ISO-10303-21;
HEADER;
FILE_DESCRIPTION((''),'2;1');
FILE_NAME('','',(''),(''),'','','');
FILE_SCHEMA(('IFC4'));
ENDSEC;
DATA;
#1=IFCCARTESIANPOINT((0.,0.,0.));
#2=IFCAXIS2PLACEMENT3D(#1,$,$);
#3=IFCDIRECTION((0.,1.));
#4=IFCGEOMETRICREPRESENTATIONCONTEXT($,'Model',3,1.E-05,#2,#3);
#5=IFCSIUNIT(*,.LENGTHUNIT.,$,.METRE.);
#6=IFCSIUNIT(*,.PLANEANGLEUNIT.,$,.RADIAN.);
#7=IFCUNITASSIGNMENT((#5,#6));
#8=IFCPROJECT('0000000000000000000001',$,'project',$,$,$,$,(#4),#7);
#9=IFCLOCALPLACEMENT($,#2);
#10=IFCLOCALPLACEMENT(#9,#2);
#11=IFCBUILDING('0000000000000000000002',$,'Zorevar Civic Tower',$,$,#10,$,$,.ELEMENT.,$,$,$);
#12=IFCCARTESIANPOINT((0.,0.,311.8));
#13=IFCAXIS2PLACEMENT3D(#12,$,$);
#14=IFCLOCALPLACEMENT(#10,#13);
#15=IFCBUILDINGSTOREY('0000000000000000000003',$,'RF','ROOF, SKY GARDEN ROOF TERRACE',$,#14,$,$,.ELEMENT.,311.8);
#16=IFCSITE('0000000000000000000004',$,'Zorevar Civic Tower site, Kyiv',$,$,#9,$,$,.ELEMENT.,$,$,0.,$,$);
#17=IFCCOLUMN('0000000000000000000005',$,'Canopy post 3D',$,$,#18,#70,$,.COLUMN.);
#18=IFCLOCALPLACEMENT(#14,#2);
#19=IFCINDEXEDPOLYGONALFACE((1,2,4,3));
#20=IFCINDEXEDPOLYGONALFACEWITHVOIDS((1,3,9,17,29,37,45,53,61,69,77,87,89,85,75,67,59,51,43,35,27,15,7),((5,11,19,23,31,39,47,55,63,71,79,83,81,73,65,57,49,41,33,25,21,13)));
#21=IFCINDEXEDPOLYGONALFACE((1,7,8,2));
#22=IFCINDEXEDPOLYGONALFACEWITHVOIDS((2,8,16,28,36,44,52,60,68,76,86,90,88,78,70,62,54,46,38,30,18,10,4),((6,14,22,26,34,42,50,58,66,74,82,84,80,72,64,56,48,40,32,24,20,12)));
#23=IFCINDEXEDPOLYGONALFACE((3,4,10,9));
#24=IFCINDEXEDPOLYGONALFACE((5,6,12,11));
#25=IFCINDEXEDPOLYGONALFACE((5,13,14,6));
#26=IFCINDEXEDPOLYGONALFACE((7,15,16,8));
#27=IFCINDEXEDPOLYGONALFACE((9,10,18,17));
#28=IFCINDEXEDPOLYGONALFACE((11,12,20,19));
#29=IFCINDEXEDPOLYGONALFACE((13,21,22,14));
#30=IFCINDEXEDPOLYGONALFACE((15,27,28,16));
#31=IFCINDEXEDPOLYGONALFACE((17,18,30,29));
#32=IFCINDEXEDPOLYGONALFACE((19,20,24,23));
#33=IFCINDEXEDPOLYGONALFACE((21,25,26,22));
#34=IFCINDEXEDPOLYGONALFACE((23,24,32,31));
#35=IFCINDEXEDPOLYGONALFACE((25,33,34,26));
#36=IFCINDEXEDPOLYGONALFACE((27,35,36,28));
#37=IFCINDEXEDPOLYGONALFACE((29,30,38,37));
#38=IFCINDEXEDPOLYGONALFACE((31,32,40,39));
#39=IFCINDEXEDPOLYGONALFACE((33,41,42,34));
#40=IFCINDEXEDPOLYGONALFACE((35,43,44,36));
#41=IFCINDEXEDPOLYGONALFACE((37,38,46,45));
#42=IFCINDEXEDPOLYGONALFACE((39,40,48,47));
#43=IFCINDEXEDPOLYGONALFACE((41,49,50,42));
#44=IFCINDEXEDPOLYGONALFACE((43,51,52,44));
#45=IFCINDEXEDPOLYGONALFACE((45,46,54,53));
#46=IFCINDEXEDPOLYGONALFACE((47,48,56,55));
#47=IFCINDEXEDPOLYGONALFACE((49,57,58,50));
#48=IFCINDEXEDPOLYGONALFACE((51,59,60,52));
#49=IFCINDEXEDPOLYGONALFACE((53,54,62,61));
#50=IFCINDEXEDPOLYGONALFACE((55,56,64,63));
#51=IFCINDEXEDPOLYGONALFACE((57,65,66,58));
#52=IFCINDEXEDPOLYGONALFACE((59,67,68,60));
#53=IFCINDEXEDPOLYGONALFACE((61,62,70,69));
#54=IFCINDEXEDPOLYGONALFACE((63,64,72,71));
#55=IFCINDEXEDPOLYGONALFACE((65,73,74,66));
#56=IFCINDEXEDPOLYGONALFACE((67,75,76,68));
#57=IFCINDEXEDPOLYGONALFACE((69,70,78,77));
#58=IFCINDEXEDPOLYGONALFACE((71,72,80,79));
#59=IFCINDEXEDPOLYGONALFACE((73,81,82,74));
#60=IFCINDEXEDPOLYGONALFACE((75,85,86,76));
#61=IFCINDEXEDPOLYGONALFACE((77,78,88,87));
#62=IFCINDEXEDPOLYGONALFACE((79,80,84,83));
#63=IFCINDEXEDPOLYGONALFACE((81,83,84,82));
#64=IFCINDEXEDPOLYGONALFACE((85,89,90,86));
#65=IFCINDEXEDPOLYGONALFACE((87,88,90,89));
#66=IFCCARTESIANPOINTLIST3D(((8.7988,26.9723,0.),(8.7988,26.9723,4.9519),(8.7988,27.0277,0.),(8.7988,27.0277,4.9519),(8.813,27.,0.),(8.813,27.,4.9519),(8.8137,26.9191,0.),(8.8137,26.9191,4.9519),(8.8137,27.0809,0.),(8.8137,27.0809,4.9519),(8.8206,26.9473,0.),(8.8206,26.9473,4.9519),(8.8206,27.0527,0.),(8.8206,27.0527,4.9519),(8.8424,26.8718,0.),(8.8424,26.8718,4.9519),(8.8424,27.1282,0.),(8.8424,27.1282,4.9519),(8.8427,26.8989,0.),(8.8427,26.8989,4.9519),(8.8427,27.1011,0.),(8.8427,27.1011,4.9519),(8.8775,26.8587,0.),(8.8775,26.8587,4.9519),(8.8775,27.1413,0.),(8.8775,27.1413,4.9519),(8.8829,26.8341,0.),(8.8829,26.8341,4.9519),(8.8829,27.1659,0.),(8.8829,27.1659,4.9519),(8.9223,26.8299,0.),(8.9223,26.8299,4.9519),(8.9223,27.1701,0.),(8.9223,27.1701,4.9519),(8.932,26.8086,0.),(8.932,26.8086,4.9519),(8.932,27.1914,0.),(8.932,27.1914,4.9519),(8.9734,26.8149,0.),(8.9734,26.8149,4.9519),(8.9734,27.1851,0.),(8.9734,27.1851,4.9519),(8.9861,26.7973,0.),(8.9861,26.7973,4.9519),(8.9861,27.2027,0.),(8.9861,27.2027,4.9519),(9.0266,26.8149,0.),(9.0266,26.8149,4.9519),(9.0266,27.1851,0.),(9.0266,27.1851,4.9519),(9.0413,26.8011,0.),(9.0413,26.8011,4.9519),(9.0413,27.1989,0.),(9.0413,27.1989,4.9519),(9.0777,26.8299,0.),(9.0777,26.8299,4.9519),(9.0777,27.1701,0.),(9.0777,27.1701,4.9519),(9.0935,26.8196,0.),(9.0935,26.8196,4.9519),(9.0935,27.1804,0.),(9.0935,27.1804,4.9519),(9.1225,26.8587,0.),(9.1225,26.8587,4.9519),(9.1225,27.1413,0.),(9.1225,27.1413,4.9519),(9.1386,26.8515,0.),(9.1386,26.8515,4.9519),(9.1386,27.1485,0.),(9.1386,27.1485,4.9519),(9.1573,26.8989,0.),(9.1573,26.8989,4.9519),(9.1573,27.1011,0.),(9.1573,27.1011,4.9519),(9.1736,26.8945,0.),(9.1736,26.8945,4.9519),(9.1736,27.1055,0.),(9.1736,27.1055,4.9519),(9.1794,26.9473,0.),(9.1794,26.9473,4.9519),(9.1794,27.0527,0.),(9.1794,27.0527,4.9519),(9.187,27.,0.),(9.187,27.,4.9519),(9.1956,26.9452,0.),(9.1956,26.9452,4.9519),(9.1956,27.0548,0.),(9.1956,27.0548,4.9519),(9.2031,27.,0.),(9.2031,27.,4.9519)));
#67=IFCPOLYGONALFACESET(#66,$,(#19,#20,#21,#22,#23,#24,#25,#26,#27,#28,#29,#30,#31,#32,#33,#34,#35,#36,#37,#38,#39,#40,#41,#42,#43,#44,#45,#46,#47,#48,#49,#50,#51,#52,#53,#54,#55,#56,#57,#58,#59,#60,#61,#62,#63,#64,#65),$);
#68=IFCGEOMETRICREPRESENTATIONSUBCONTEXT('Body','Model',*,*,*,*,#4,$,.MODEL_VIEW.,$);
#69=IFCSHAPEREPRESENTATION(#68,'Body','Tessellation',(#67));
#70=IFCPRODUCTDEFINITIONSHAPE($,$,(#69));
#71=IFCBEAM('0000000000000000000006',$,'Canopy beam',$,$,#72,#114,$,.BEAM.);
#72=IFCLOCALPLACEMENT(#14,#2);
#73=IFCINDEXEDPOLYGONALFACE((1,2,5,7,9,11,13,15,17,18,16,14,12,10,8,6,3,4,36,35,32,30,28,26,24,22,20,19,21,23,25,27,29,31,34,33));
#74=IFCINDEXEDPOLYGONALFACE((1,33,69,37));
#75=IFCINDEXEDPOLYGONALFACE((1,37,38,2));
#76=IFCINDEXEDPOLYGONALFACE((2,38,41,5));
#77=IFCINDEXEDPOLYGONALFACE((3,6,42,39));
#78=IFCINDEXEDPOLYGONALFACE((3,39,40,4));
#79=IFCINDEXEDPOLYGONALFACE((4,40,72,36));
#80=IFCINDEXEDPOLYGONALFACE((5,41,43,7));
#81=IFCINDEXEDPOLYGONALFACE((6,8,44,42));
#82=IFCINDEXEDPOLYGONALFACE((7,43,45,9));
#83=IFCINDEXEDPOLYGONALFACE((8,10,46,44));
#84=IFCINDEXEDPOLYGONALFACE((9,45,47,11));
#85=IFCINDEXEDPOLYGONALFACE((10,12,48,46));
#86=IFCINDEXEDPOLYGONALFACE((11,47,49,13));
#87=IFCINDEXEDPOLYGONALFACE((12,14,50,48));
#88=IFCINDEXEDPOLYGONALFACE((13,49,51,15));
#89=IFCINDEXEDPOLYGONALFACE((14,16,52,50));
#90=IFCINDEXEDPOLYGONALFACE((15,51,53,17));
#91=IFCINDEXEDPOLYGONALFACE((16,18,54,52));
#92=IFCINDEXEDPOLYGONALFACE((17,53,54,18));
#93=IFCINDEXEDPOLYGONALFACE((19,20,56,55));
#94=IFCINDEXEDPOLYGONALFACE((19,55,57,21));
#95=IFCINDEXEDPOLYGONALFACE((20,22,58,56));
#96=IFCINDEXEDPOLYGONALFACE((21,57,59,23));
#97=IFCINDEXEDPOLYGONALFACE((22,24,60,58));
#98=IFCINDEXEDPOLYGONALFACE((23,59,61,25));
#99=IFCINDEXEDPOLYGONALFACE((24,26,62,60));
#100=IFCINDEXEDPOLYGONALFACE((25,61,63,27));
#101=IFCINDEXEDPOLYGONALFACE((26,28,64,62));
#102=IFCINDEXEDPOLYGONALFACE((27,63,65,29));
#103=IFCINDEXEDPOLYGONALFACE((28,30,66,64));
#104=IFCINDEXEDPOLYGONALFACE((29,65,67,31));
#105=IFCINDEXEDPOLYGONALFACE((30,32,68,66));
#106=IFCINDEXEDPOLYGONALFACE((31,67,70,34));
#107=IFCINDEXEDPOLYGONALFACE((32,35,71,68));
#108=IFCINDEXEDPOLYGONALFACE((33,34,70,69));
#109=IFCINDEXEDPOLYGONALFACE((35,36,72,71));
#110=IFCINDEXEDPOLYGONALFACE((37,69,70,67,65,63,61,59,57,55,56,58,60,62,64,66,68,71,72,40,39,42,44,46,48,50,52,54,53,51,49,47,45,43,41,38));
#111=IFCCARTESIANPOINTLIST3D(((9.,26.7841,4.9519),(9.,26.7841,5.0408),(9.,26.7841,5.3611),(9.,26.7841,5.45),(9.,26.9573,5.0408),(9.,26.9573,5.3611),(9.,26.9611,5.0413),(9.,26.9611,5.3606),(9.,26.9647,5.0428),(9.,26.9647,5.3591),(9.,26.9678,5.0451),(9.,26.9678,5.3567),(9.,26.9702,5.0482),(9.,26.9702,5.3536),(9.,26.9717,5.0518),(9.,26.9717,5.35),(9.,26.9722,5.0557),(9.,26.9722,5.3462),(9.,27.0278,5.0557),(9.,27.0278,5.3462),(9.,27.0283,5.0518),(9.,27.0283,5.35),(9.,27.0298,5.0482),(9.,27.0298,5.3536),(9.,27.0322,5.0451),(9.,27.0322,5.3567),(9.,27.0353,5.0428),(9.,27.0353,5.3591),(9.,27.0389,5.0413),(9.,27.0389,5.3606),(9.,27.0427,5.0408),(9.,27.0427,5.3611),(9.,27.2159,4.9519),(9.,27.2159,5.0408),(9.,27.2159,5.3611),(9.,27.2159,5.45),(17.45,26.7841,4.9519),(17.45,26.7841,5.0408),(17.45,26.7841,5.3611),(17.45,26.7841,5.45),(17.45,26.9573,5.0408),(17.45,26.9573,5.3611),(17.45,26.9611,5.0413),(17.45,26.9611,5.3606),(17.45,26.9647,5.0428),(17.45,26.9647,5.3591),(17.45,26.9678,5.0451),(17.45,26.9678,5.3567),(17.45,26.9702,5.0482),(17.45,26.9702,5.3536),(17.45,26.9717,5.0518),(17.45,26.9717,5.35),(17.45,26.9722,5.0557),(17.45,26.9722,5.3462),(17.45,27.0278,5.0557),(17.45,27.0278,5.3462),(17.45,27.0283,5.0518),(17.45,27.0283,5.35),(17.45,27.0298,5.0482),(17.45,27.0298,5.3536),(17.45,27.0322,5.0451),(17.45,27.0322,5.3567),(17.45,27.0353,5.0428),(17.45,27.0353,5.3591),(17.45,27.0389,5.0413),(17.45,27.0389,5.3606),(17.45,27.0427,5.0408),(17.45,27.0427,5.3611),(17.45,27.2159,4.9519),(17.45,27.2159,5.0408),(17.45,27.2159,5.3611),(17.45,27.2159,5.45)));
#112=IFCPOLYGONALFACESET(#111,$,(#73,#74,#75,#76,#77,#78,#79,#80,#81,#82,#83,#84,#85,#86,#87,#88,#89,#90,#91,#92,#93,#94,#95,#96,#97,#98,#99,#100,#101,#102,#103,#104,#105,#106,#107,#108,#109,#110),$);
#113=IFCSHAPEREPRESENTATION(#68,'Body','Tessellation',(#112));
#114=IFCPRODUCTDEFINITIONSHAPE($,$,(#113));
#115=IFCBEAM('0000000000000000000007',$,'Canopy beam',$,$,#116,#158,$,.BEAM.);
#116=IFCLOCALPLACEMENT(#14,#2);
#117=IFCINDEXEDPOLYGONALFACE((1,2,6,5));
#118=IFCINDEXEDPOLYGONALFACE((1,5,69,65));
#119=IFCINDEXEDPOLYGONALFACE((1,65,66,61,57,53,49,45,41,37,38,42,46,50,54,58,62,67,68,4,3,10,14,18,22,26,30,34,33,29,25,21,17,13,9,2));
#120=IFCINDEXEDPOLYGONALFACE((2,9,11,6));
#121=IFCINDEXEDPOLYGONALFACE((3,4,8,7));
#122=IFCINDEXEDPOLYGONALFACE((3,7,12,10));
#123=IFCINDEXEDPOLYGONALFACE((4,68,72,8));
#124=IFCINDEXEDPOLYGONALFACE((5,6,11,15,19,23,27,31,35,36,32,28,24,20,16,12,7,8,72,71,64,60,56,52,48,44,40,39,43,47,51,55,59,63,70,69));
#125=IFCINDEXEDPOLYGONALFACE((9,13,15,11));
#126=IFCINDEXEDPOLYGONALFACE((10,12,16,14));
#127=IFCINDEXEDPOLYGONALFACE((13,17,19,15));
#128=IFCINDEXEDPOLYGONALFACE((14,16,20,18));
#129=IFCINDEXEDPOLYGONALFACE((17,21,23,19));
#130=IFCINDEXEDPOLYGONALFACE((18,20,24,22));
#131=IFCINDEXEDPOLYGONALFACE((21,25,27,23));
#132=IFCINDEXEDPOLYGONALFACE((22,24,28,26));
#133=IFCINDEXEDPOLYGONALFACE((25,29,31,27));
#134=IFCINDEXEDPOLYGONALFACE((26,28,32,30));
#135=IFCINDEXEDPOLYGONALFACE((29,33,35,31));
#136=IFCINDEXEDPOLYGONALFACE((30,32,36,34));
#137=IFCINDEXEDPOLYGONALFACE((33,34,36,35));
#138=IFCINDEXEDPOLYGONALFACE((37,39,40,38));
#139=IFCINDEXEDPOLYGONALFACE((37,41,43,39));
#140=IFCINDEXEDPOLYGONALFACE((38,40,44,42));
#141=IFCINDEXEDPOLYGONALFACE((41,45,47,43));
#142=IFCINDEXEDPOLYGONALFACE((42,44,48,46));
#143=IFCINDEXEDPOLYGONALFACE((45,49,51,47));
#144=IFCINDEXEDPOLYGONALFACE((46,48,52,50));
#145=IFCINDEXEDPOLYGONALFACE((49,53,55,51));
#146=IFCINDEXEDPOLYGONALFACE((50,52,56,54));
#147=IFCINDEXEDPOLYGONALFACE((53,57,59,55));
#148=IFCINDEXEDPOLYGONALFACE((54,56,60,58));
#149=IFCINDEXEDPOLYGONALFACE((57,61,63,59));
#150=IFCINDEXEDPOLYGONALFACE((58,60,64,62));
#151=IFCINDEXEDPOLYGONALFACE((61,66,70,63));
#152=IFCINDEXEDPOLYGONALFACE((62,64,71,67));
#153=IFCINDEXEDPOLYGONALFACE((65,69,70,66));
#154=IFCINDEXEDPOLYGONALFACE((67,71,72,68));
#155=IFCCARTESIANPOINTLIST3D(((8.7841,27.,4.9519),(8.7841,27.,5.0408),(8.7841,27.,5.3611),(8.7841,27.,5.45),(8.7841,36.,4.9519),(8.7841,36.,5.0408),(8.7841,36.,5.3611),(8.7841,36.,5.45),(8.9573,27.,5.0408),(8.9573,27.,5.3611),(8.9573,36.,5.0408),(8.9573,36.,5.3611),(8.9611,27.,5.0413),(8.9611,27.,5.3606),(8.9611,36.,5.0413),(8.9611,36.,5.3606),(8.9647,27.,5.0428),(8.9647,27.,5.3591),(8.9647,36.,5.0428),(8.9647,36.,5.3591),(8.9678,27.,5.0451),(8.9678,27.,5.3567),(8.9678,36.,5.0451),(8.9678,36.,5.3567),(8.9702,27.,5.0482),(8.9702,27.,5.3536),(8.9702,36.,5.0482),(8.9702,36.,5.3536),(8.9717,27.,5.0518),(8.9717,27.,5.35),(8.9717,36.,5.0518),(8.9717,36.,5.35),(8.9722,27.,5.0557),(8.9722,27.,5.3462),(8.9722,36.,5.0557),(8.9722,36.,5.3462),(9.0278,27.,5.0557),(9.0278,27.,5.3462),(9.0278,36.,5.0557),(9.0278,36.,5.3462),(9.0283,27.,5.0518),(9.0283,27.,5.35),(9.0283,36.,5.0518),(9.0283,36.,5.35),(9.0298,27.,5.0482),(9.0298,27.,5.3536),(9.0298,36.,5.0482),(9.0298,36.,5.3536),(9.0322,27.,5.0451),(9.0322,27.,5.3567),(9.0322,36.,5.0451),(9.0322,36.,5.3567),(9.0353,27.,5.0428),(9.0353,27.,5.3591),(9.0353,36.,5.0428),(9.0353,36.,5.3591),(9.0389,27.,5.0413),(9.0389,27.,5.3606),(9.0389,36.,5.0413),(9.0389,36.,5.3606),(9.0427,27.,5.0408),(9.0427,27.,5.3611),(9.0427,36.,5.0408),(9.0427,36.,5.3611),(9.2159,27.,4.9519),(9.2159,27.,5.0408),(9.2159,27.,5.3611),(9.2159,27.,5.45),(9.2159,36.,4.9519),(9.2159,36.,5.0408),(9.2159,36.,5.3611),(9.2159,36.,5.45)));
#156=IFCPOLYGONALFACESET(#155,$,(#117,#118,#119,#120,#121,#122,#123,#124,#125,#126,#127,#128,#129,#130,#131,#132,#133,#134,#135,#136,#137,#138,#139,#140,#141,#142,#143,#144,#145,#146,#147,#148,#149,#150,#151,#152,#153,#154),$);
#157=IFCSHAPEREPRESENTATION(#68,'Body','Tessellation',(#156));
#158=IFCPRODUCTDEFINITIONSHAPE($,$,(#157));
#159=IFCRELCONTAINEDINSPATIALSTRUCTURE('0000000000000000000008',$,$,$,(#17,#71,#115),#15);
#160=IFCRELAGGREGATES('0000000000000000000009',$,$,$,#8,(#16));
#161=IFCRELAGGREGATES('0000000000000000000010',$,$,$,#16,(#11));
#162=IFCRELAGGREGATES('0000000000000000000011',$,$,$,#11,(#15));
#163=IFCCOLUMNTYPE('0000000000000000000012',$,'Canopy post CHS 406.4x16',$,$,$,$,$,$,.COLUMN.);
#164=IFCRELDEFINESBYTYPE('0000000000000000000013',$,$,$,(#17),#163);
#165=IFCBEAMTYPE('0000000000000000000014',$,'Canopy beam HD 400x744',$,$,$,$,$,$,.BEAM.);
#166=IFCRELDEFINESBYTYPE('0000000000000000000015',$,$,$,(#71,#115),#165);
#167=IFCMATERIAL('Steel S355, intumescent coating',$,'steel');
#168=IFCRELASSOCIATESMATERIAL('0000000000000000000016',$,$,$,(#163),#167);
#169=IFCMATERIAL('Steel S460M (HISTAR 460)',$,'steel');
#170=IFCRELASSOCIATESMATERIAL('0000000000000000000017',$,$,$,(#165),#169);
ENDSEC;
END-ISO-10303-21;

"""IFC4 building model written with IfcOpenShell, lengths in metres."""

from ifc_helpers import new_model, si_unit, direction, frame, origin, origin_2d, place, context, subcontext, project, spatial, hollow_circle, i_section, extrude, material, material_profile, profile_set, type_object, element, save


model = new_model("IFC4")

# Units and contexts
model_context = context("Model", 3, precision=1e-05, world=origin(), true_north=direction((0.0, 1.0)))
body_context = subcontext(model_context, "Body", "Model", "MODEL_VIEW")
ifc_project = project(units=[si_unit("LENGTHUNIT", "METRE"), si_unit("PLANEANGLEUNIT", "RADIAN")], contexts=[model_context])

# Site, building, storey
site_placement = place(None, origin())
site = spatial("IfcSite", under=ifc_project, at=site_placement, Name="Zorevar Civic Tower site, Kyiv", CompositionType="ELEMENT", RefElevation=0.0)
building_placement = place(site_placement, origin())
building = spatial("IfcBuilding", under=site, at=building_placement, Name="Zorevar Civic Tower", CompositionType="ELEMENT")
storey_placement = place(building_placement, frame((0.0, 0.0, 311.8)))
storey = spatial("IfcBuildingStorey", under=building, at=storey_placement, Name="RF", Description="ROOF, SKY GARDEN ROOF TERRACE", CompositionType="ELEMENT", Elevation=311.8)

# Column
ifc_material_1 = material(Name="Steel S355, intumescent coating", Category="steel")
ifc_material_profile_1 = material_profile(ifc_material_1, hollow_circle(Radius=0.2031, WallThickness=0.0161, at=origin_2d()), Name="CHS 406.4x16")
ifc_profile_set_1 = profile_set([ifc_material_profile_1], Name="Steel S355, intumescent coating")
column_type = type_object("IfcColumnType", Name="Canopy post CHS 406.4x16", PredefinedType="COLUMN", material=ifc_profile_set_1)
column_placement = place(storey_placement, frame((9.0, 27.0, 0.0), z_axis=(0.0, 0.0, 1.0), x_axis=(1.0, 0.0, 0.0)))
element("IfcColumn", 1, at=column_placement, inside=storey, type_object=column_type, Name="Canopy post 3D", PredefinedType="COLUMN", context=body_context, shape_type="SweptSolid", body=[
    extrude(hollow_circle(Radius=0.2031, WallThickness=0.0161, at=origin_2d()), origin(), (0.0, 0.0, 1.0), 4.9519),
])

# Beams
ifc_material_2 = material(Name="Steel S460M (HISTAR 460)", Category="steel")
ifc_material_profile_2 = material_profile(ifc_material_2, i_section(OverallWidth=0.4319, OverallDepth=0.498, WebThickness=0.0557, FlangeThickness=0.0889, FilletRadius=0.0149, at=origin_2d()), Name="HD 400x744")
ifc_profile_set_2 = profile_set([ifc_material_profile_2], Name="Steel S460M (HISTAR 460)")
beam_type = type_object("IfcBeamType", Name="Canopy beam HD 400x744", PredefinedType="BEAM", material=ifc_profile_set_2)
beam_1_placement = place(storey_placement, frame((9.0, 27.0, 5.2009), z_axis=(1.0, 0.0, 0.0), x_axis=(0.0, 1.0, 0.0)))
element("IfcBeam", 2, at=beam_1_placement, inside=storey, type_object=beam_type, Name="Canopy beam", PredefinedType="BEAM", context=body_context, shape_type="SweptSolid", body=[
    extrude(i_section(OverallWidth=0.4319, OverallDepth=0.498, WebThickness=0.0557, FlangeThickness=0.0889, FilletRadius=0.0149, at=origin_2d()), origin(), (0.0, 0.0, 1.0), 8.45),
])
beam_2_placement = place(storey_placement, frame((9.0, 27.0, 5.2009), z_axis=(0.0, 1.0, 0.0), x_axis=(-1.0, 0.0, 0.0)))
element("IfcBeam", 3, at=beam_2_placement, inside=storey, type_object=beam_type, Name="Canopy beam", PredefinedType="BEAM", context=body_context, shape_type="SweptSolid", body=[
    extrude(i_section(OverallWidth=0.4319, OverallDepth=0.498, WebThickness=0.0557, FlangeThickness=0.0889, FilletRadius=0.0149, at=origin_2d()), origin(), (0.0, 0.0, 1.0), 9.0),
])

save(model, "model.ifc")
